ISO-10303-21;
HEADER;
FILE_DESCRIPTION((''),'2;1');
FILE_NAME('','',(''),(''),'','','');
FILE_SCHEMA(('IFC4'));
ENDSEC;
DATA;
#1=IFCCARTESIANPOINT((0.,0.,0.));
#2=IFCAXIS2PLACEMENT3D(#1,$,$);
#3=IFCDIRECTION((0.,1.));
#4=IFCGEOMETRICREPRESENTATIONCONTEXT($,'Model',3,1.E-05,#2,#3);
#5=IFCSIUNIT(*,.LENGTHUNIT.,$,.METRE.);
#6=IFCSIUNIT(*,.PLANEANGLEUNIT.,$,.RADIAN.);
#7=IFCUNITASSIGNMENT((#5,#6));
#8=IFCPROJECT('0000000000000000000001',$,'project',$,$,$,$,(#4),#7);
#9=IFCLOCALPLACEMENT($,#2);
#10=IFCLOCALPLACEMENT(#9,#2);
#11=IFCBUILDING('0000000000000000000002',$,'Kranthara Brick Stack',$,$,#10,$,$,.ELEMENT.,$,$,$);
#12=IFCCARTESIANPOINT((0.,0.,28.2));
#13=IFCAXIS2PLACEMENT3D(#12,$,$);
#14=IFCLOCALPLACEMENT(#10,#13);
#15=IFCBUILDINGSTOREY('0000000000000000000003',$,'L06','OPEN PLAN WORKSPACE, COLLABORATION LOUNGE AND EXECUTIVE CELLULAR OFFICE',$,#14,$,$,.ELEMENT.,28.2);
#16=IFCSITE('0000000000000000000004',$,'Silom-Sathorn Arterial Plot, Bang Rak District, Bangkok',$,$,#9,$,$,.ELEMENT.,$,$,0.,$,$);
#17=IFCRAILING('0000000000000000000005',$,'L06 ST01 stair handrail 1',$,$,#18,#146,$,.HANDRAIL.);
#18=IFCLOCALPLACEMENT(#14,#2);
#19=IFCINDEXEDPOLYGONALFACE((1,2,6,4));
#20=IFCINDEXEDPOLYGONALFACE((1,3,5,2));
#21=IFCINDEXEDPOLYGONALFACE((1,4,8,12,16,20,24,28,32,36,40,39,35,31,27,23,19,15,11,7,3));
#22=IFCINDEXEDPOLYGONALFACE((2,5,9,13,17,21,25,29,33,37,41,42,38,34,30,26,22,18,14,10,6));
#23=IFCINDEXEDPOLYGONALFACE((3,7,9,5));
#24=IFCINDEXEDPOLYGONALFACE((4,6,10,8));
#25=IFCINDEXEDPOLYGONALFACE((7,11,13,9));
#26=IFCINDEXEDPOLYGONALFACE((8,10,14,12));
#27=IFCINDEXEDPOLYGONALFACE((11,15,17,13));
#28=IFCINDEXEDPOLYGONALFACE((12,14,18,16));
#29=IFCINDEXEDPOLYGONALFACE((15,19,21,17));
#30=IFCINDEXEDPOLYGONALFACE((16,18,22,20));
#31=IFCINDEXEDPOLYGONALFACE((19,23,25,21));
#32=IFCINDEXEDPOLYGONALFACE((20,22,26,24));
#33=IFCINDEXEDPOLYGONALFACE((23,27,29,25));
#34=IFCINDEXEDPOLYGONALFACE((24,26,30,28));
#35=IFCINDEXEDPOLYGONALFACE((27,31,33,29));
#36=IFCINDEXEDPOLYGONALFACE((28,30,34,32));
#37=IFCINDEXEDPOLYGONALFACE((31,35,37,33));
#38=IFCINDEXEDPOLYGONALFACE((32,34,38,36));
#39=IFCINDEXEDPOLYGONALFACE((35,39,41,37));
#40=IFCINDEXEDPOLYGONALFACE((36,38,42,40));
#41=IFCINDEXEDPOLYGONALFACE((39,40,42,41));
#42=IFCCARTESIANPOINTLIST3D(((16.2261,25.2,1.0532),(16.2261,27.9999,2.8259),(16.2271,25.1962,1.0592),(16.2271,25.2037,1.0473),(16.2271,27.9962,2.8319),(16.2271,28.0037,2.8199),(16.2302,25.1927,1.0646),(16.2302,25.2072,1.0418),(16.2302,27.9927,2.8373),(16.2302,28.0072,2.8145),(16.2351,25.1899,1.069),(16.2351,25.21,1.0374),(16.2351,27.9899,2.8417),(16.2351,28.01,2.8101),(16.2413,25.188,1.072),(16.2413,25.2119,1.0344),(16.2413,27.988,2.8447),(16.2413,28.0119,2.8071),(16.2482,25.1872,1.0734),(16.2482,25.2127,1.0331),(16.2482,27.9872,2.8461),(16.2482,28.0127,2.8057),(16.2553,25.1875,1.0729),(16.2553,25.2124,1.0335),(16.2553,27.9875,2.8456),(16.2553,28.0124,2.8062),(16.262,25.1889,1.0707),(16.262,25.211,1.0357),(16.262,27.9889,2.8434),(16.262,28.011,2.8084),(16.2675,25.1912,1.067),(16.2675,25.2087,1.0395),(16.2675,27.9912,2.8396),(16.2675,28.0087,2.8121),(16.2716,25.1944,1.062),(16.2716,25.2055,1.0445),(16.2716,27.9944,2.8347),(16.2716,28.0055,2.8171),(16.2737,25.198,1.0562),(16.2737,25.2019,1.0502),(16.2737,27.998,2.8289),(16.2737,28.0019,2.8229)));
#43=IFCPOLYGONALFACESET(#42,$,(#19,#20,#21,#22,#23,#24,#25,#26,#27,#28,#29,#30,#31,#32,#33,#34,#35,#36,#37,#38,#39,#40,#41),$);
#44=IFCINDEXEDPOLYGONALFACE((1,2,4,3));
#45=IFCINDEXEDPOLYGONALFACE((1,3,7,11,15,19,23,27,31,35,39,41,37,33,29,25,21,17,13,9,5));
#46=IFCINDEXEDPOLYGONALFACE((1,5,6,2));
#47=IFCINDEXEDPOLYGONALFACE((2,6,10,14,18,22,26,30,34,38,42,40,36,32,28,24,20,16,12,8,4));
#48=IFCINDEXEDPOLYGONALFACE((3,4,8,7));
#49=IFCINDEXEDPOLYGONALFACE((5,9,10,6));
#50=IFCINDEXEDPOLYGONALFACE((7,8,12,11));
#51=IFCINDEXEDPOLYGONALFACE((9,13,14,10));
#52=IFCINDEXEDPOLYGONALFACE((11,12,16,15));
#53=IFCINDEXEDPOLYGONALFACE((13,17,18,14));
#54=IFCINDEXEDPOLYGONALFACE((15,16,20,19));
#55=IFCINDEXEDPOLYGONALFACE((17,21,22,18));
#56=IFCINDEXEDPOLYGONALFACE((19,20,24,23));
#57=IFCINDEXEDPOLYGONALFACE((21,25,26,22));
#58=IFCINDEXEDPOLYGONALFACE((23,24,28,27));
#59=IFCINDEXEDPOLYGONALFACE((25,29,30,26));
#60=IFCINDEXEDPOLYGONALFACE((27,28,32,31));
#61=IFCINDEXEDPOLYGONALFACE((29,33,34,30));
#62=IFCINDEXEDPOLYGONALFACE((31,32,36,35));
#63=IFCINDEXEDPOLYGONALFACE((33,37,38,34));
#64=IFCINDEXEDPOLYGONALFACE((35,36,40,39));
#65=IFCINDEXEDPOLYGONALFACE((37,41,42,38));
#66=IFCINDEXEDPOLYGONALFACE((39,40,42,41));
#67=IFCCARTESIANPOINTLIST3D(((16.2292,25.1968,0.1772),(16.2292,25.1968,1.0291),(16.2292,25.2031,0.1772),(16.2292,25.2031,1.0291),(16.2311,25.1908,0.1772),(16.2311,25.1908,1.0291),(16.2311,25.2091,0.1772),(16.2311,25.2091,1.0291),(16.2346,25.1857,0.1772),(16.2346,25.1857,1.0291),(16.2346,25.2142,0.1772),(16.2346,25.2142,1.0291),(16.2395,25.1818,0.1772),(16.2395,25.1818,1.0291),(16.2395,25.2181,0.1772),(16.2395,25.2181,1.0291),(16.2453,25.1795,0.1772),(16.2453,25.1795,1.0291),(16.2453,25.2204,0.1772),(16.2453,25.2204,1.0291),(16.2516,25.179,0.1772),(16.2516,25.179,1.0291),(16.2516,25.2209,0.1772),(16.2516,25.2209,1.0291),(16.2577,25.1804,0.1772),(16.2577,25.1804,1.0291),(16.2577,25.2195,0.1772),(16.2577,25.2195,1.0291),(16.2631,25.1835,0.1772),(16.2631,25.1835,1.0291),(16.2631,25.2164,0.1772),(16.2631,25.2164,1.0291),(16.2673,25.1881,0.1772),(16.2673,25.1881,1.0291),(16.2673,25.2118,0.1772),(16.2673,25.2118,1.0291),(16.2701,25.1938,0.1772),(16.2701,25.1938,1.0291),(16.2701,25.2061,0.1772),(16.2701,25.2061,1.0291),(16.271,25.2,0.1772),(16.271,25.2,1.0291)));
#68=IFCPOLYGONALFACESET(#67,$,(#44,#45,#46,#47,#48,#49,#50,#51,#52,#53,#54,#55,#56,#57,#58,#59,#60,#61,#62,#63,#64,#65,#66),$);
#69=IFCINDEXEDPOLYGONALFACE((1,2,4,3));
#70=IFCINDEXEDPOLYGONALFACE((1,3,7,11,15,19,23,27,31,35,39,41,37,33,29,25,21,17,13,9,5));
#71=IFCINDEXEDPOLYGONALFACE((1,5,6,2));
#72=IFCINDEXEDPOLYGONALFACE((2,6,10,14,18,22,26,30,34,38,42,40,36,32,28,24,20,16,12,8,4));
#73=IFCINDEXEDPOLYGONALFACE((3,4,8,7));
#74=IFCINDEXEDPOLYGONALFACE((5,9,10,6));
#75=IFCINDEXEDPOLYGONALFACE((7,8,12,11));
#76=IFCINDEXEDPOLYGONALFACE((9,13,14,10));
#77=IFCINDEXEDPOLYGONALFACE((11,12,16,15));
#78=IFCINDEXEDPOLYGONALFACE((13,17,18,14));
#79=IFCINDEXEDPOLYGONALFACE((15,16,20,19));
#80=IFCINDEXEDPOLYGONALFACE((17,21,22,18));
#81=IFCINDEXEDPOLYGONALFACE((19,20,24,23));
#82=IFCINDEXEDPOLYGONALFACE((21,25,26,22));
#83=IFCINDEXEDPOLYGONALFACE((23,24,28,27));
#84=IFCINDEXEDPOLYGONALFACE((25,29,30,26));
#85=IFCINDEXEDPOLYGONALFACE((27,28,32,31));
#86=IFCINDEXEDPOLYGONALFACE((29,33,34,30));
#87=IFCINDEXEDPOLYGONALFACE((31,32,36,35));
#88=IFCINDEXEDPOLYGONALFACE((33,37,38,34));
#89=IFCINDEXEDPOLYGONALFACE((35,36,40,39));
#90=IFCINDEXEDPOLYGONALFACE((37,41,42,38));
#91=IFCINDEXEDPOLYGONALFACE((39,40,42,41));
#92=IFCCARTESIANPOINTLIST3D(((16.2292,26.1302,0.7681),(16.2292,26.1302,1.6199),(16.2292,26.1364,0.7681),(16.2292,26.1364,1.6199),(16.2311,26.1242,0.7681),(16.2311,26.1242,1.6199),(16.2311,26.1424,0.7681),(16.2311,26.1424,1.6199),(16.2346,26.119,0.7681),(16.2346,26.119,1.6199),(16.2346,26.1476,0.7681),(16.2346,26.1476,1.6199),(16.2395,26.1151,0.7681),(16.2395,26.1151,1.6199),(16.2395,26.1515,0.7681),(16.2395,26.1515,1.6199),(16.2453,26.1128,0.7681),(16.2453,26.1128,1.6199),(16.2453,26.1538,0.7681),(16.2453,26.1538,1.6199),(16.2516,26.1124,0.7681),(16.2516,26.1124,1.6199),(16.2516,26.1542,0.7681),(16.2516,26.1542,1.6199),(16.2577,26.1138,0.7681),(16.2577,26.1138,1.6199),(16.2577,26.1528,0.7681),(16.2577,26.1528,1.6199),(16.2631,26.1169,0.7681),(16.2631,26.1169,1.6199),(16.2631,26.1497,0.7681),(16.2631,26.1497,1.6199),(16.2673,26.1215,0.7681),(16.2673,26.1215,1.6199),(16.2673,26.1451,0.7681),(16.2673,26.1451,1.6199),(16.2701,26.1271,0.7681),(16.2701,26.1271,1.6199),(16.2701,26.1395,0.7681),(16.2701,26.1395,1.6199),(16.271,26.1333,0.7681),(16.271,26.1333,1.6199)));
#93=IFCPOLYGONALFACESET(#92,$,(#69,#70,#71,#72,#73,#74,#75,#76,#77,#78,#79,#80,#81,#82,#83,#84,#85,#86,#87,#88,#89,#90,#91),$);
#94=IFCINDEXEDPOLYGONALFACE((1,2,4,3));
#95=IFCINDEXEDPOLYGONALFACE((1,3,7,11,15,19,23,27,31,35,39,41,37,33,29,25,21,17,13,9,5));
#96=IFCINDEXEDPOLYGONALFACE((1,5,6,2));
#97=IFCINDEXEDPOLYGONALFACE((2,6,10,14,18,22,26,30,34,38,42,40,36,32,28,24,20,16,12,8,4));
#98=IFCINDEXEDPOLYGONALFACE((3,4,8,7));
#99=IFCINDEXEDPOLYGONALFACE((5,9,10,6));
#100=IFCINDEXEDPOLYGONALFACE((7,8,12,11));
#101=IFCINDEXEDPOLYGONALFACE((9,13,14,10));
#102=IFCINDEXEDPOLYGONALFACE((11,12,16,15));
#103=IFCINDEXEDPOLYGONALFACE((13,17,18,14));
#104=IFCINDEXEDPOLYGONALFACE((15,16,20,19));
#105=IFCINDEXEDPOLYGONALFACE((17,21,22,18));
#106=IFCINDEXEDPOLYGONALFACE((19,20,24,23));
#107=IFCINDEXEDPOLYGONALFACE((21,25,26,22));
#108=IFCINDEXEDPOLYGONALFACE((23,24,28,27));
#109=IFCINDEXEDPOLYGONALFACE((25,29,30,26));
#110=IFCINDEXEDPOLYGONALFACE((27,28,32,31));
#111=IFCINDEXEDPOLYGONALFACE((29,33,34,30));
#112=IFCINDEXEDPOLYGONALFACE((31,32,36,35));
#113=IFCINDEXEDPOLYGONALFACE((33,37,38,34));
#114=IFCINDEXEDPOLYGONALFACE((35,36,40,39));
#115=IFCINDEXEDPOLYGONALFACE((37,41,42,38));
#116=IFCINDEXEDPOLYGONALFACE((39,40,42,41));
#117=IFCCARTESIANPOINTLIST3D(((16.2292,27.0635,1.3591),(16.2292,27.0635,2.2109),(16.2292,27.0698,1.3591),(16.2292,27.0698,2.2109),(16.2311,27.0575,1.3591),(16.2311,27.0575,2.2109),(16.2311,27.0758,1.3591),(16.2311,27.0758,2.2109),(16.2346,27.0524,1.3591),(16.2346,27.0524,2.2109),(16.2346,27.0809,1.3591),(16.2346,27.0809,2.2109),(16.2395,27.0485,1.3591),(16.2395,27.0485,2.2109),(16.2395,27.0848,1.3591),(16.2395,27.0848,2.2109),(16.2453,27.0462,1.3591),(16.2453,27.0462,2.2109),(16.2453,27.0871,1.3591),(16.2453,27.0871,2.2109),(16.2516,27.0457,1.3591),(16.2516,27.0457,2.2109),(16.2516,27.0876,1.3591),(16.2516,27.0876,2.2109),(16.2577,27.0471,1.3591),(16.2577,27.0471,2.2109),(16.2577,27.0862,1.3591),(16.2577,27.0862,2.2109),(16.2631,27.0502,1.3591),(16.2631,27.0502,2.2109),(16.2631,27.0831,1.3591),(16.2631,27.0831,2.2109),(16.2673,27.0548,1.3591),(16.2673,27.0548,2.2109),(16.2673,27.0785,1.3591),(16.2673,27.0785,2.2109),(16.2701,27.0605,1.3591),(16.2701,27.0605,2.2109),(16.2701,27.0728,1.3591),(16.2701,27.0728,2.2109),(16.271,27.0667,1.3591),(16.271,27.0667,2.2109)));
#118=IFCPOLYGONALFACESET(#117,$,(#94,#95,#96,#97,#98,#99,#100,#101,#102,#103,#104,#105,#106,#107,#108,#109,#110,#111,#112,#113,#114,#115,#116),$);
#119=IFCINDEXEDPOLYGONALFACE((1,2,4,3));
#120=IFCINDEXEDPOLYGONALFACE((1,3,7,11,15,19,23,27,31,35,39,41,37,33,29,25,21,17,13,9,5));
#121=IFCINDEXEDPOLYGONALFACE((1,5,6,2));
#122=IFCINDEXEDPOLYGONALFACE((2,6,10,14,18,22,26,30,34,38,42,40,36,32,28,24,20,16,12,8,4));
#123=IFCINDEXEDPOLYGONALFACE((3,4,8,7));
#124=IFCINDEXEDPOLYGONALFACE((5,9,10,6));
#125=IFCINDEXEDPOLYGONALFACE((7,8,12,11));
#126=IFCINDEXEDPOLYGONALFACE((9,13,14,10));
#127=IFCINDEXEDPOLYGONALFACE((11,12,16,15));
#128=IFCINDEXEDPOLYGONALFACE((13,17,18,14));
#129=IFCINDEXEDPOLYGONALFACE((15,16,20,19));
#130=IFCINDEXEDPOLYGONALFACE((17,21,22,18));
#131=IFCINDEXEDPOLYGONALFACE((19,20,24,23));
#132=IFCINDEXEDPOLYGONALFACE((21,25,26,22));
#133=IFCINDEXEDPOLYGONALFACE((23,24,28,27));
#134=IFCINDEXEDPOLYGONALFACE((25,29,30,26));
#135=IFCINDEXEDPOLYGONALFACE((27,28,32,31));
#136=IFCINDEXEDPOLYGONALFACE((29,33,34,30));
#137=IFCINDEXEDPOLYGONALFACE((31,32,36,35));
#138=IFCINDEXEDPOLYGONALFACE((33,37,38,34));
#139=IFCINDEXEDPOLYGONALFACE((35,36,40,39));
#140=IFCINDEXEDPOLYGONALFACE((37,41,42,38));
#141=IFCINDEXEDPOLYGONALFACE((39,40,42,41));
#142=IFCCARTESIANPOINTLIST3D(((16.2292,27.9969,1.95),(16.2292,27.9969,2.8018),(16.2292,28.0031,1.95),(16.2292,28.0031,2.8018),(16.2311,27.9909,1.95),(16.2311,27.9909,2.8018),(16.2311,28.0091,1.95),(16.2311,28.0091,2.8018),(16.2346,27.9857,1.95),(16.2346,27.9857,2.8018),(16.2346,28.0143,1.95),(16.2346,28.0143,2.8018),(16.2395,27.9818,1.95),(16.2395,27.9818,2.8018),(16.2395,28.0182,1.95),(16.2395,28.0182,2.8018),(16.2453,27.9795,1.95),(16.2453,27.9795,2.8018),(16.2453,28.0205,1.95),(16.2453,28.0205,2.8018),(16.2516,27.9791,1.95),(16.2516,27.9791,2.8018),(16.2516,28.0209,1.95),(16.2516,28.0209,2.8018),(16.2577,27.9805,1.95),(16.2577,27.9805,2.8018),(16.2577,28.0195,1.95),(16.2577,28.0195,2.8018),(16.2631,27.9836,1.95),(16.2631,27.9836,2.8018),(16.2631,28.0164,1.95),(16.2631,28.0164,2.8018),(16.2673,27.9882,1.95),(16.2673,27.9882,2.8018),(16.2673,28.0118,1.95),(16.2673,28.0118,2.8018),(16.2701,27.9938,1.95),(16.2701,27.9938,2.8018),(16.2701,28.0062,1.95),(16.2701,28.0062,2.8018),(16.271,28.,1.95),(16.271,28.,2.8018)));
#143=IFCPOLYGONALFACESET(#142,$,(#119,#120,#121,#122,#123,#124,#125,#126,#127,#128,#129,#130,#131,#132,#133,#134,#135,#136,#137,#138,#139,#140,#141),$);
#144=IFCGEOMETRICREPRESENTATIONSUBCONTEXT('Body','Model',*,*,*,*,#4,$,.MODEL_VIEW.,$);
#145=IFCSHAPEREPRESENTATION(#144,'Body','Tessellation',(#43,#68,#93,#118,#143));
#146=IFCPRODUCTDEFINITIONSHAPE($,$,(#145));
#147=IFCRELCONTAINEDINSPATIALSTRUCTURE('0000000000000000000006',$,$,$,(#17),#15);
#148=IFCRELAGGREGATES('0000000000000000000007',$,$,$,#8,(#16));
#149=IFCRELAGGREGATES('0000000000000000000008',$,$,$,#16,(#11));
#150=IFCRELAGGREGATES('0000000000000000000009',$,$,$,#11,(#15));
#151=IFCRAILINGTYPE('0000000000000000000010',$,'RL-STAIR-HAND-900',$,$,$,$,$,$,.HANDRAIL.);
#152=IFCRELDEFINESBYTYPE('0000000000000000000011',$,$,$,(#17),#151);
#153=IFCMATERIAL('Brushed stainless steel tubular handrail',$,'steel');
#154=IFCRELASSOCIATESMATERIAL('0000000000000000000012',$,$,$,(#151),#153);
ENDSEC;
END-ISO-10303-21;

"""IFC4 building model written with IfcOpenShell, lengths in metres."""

from ifc_helpers import new_model, si_unit, direction, frame, origin, origin_2d, place, context, subcontext, project, spatial, circle, extrude, material, type_object, element, save


model = new_model("IFC4")

# Units and contexts
model_context = context("Model", 3, precision=1e-05, world=origin(), true_north=direction((0.0, 1.0)))
body_context = subcontext(model_context, "Body", "Model", "MODEL_VIEW")
ifc_project = project(units=[si_unit("LENGTHUNIT", "METRE"), si_unit("PLANEANGLEUNIT", "RADIAN")], contexts=[model_context])

# Site, building, storey
site_placement = place(None, origin())
site = spatial("IfcSite", under=ifc_project, at=site_placement, Name="Silom-Sathorn Arterial Plot, Bang Rak District, Bangkok", CompositionType="ELEMENT", RefElevation=0.0)
building_placement = place(site_placement, origin())
building = spatial("IfcBuilding", under=site, at=building_placement, Name="Kranthara Brick Stack", CompositionType="ELEMENT")
storey_placement = place(building_placement, frame((0.0, 0.0, 28.2)))
storey = spatial("IfcBuildingStorey", under=building, at=storey_placement, Name="L06", Description="OPEN PLAN WORKSPACE, COLLABORATION LOUNGE AND EXECUTIVE CELLULAR OFFICE", CompositionType="ELEMENT", Elevation=28.2)

# Railing
ifc_material_1 = material(Name="Brushed stainless steel tubular handrail", Category="steel")
railing_type_1 = type_object("IfcRailingType", Name="RL-STAIR-HAND-900", PredefinedType="HANDRAIL", material=ifc_material_1)
railing_1_placement = place(storey_placement, frame((16.25, 25.2, 0.1772)))
element("IfcRailing", 1, at=railing_1_placement, inside=storey, type_object=railing_type_1, Name="L06 ST01 stair handrail 1", PredefinedType="HANDRAIL", context=body_context, shape_type="SweptSolid", body=[
    extrude(circle(Radius=0.0239, at=origin_2d()), frame((0.0, 0.0, 0.876), z_axis=(0.0, 0.844909, 0.53491), x_axis=(-1.0, 0.0, 0.0)), (0.0, 0.0, 1.0), 3.314),
    extrude(circle(Radius=0.021, at=origin_2d()), origin(), (0.0, 0.0, 1.0), 0.8518),
    extrude(circle(Radius=0.021, at=origin_2d()), frame((0.0, 0.9333, 0.5908)), (0.0, 0.0, 1.0), 0.8518),
    extrude(circle(Radius=0.021, at=origin_2d()), frame((0.0, 1.8667, 1.1819)), (0.0, 0.0, 1.0), 0.8518),
    extrude(circle(Radius=0.021, at=origin_2d()), frame((0.0, 2.8, 1.7727)), (0.0, 0.0, 1.0), 0.8518),
])

save(model, "model.ifc")
